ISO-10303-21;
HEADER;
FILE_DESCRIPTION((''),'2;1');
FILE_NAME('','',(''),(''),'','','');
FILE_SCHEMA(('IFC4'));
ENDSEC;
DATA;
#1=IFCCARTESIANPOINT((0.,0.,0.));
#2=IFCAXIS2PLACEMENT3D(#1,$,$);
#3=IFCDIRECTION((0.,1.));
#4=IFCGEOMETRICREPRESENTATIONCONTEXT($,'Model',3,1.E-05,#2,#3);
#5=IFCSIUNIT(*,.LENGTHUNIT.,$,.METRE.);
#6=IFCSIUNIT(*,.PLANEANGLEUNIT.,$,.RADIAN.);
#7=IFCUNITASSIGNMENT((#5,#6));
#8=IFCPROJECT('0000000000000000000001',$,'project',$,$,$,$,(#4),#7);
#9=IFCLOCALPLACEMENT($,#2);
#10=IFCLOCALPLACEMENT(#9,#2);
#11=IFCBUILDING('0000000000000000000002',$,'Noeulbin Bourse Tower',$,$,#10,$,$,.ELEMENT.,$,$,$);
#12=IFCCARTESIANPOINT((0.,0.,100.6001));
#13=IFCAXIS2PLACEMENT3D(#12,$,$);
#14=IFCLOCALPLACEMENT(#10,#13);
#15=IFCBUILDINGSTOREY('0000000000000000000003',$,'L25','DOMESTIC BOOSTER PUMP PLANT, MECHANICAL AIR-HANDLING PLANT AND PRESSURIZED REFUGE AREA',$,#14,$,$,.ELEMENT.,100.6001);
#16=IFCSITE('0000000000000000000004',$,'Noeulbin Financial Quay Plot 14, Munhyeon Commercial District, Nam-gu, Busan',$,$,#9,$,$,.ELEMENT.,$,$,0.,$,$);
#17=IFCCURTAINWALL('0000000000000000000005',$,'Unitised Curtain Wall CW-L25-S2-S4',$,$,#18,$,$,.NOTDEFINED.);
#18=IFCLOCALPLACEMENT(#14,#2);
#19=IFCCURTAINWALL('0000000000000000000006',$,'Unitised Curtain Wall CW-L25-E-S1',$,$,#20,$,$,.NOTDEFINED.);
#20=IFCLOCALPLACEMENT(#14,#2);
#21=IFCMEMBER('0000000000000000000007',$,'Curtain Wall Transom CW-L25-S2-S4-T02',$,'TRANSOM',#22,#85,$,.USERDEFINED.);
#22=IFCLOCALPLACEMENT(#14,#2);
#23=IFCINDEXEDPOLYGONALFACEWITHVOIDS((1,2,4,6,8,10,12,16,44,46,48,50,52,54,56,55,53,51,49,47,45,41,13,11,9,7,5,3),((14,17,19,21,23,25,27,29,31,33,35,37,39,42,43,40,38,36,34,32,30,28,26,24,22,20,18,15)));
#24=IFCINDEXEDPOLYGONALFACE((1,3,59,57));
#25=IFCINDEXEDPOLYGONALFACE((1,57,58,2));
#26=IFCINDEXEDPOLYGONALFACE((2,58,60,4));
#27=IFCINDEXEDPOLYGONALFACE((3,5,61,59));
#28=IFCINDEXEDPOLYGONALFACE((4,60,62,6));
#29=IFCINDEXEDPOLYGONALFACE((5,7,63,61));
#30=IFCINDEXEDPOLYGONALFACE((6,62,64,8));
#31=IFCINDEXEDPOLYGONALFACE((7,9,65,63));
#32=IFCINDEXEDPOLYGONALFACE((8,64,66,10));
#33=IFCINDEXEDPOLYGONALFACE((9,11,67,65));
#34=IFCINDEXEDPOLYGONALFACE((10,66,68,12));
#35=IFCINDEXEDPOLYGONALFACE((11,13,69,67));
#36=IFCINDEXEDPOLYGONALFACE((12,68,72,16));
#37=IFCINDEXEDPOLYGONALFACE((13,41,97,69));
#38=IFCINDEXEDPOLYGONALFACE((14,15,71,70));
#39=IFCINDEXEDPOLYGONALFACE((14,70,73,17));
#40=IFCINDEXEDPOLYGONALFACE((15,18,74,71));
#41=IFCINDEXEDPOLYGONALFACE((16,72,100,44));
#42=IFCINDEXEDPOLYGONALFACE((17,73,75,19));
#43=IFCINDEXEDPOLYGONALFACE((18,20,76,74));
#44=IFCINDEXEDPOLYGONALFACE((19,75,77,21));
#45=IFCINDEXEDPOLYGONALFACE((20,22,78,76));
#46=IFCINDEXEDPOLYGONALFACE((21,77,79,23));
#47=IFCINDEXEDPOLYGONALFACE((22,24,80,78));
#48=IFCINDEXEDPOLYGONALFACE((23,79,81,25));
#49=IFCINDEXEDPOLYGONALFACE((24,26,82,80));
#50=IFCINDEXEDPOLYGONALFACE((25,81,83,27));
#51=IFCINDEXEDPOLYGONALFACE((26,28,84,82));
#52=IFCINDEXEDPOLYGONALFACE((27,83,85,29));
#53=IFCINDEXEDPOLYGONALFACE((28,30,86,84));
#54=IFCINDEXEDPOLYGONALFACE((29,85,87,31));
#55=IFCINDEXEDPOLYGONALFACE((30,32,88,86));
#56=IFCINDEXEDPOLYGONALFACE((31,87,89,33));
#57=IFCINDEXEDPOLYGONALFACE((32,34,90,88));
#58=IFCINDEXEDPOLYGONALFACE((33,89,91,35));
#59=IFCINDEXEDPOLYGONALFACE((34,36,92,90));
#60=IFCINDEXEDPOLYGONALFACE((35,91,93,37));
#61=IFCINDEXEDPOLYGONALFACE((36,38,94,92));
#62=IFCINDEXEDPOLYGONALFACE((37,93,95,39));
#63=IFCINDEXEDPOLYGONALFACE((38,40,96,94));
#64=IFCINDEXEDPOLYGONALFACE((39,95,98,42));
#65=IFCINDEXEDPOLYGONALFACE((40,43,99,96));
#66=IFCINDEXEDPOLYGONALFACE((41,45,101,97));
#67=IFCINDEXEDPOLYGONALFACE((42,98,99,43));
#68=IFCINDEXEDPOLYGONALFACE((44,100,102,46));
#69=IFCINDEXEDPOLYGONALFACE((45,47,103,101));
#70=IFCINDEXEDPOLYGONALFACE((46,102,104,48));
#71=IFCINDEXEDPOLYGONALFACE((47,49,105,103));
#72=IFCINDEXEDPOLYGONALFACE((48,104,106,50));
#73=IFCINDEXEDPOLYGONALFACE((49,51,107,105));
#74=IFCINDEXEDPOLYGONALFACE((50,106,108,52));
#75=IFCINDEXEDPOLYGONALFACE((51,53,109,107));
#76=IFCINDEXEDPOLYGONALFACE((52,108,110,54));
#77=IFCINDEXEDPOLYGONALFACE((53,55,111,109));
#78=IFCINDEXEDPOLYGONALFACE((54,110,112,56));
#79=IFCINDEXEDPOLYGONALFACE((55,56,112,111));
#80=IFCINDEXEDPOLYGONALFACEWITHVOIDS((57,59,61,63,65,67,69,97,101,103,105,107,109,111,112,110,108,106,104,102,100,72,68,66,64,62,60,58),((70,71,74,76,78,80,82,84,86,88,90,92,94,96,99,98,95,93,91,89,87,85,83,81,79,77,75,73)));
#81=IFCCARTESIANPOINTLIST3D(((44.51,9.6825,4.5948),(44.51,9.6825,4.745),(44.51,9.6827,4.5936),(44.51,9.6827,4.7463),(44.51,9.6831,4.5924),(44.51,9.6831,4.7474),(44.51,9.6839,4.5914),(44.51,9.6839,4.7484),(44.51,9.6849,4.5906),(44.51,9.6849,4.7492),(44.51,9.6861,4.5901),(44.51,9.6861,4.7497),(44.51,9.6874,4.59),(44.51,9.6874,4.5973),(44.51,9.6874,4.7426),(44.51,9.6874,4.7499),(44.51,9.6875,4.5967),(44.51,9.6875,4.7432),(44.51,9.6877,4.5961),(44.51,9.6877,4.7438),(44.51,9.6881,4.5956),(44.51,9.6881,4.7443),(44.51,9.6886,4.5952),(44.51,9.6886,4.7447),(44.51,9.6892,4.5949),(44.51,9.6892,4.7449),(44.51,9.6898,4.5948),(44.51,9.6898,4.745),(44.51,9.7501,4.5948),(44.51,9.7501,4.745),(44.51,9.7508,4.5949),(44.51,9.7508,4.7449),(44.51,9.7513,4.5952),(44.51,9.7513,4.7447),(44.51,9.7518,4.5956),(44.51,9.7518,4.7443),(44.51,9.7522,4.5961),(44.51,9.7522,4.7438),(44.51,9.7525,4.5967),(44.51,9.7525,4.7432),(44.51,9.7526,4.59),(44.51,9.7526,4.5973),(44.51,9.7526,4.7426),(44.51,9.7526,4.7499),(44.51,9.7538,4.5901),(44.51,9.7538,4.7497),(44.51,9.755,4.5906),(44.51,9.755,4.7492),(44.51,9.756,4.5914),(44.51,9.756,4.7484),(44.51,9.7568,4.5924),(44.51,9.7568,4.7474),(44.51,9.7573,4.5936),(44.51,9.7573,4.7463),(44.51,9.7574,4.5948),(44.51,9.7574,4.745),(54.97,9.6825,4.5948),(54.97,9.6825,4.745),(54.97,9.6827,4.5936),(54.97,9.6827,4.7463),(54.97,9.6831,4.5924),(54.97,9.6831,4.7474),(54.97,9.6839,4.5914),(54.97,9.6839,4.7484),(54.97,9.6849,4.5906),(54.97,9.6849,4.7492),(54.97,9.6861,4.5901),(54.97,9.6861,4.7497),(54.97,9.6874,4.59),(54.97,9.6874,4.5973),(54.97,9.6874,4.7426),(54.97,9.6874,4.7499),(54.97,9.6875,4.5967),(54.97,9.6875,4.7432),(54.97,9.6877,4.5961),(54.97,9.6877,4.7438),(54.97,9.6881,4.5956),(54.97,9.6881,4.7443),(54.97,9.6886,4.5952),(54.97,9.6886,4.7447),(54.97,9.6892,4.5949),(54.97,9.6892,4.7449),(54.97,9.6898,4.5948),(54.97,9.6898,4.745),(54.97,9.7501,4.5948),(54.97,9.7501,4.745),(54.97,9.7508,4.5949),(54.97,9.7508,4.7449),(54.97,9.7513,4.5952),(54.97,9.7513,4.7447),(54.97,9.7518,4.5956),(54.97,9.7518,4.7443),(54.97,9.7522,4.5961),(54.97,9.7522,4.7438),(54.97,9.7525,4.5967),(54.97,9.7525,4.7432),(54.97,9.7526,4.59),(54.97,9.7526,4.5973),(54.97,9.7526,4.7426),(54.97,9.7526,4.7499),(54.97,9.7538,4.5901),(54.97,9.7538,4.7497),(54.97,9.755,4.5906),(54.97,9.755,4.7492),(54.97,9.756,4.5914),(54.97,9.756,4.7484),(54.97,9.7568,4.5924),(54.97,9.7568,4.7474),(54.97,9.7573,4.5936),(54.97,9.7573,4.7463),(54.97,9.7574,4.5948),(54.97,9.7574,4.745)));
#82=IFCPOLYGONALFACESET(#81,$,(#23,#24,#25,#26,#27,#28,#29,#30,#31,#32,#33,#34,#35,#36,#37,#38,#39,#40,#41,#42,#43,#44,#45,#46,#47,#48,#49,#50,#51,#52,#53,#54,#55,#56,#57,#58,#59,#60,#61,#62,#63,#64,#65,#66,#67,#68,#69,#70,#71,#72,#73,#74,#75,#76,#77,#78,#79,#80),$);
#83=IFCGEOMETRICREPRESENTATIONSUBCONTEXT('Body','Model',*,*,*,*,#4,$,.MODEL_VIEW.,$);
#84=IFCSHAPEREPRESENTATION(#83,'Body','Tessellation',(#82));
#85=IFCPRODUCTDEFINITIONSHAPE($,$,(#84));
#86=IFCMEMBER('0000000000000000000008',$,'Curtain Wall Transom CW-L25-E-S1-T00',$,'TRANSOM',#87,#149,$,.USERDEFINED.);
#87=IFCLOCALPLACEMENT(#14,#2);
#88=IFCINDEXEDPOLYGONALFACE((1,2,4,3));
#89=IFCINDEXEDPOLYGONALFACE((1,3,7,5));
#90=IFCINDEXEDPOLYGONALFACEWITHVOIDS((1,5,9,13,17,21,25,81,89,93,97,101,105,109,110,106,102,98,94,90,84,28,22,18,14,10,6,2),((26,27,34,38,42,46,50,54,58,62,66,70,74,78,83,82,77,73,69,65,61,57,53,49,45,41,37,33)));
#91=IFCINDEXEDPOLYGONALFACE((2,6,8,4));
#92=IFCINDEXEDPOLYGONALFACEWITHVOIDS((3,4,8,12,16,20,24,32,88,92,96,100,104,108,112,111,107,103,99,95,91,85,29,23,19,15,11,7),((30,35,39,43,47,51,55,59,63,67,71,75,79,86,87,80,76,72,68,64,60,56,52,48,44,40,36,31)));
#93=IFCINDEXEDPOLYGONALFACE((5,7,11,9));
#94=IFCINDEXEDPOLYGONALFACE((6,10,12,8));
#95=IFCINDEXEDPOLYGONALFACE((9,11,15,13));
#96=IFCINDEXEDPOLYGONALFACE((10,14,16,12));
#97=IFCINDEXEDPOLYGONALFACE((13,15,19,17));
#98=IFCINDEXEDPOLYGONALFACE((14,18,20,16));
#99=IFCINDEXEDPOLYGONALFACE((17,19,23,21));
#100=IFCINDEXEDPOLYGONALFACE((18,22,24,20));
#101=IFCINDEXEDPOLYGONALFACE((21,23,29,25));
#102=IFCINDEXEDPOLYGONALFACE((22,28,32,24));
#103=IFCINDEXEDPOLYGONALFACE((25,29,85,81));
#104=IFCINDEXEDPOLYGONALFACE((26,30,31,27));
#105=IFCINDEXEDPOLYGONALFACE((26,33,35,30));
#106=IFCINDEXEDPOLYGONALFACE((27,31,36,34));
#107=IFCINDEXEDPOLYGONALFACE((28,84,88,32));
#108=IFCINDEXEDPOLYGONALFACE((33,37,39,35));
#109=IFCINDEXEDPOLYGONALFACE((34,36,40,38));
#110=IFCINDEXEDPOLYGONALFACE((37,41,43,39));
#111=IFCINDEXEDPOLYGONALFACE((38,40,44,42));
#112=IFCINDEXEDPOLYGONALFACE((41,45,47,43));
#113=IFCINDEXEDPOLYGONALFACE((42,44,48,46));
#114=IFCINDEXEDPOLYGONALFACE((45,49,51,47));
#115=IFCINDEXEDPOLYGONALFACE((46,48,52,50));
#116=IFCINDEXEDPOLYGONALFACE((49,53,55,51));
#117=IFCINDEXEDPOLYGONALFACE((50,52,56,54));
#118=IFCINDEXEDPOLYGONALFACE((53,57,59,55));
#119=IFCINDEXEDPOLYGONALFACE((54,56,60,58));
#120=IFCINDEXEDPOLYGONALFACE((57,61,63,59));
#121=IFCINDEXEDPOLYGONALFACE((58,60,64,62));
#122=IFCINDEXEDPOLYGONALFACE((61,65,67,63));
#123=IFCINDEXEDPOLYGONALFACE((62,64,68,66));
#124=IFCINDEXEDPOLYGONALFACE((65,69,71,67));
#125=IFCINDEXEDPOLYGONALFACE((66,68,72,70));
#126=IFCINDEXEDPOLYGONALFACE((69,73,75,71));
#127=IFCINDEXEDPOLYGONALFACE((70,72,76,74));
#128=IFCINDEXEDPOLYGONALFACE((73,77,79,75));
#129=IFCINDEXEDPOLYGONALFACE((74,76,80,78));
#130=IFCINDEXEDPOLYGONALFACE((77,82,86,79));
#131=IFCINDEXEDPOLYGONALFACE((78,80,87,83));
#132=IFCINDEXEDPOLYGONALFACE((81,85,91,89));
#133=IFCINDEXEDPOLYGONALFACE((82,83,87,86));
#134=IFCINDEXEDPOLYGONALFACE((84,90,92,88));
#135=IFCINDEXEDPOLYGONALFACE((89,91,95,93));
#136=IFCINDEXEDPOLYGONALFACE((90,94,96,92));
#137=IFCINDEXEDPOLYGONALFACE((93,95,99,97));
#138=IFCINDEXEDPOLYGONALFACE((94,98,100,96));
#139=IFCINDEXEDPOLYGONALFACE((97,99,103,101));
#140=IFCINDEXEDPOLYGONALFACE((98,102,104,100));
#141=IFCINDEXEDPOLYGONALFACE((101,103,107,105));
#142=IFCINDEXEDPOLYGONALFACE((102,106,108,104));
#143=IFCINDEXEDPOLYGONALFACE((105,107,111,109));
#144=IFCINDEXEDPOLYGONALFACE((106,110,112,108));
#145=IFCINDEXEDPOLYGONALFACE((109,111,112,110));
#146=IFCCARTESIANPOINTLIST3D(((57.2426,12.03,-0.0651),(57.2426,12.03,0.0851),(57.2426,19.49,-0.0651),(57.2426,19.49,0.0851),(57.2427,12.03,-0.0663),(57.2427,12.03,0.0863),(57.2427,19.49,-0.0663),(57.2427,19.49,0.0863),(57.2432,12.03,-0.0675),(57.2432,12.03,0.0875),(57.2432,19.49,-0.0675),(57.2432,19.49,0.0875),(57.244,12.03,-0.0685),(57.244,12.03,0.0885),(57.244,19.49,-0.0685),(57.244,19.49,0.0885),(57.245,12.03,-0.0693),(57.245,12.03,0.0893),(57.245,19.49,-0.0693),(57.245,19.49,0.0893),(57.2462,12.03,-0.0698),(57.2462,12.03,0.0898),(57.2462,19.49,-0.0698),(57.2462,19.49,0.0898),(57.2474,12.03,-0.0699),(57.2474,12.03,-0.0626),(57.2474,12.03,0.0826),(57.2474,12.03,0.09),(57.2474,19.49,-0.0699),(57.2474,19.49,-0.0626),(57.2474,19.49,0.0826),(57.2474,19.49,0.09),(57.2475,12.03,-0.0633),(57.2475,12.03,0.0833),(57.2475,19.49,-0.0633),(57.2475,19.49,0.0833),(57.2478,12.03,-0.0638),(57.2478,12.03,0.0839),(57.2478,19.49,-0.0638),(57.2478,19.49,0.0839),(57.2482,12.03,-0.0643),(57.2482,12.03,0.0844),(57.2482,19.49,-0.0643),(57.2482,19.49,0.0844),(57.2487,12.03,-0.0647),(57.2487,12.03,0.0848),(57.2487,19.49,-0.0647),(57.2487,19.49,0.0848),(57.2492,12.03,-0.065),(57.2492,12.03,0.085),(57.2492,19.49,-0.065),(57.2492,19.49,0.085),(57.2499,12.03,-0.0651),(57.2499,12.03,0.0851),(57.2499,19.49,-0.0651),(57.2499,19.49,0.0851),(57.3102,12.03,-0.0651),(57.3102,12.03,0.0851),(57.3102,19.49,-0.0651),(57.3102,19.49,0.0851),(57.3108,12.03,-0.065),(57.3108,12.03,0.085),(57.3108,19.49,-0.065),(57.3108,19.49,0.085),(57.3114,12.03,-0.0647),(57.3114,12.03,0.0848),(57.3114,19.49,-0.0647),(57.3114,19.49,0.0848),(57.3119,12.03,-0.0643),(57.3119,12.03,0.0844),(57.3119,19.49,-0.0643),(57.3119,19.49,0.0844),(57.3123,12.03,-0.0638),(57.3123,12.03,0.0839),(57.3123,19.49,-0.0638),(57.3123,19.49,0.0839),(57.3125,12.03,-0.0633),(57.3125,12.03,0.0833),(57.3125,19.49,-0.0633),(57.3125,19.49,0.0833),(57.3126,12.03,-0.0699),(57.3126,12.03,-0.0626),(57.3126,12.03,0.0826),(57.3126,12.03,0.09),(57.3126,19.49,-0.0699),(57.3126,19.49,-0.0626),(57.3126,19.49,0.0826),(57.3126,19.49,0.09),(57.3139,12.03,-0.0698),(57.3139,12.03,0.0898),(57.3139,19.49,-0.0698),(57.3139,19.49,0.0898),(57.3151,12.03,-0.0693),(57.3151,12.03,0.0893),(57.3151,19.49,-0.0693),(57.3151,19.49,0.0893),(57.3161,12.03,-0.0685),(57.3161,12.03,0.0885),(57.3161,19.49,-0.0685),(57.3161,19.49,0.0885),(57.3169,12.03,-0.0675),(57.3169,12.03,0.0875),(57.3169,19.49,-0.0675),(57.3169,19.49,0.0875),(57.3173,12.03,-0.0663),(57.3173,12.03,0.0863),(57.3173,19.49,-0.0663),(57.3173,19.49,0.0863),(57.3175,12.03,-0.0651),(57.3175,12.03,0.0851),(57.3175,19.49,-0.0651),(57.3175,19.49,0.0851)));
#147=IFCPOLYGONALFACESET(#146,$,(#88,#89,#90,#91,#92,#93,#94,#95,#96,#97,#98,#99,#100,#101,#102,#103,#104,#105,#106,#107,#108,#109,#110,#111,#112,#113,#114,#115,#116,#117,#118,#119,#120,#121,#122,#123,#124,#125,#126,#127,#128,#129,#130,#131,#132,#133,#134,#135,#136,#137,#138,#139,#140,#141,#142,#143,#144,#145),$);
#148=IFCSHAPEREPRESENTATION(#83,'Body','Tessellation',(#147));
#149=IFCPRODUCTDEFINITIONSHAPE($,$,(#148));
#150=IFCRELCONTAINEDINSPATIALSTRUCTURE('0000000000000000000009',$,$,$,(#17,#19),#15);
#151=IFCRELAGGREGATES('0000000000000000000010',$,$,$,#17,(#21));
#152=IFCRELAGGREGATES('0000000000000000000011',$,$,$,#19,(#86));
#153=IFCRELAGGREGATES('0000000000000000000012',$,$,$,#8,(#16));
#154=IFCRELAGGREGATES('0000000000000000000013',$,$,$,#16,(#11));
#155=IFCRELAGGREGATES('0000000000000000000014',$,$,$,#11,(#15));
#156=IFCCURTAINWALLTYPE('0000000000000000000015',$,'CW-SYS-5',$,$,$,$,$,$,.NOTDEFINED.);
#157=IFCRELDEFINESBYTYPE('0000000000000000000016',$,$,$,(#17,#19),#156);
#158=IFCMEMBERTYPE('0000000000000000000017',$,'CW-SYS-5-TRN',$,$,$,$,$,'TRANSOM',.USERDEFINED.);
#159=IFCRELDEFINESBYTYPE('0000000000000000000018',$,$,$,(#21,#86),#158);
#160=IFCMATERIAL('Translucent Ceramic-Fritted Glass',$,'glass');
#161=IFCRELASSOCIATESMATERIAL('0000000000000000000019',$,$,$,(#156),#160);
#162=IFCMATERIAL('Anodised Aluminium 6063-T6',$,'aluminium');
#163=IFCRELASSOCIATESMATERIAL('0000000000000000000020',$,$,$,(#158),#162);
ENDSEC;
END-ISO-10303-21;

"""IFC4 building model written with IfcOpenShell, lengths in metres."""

from ifc_helpers import new_model, si_unit, direction, frame, origin, origin_2d, place, context, subcontext, project, spatial, hollow_rectangle, extrude, material, material_profile, profile_set, type_object, element, aggregate, save


model = new_model("IFC4")

# Units and contexts
model_context = context("Model", 3, precision=1e-05, world=origin(), true_north=direction((0.0, 1.0)))
body_context = subcontext(model_context, "Body", "Model", "MODEL_VIEW")
ifc_project = project(units=[si_unit("LENGTHUNIT", "METRE"), si_unit("PLANEANGLEUNIT", "RADIAN")], contexts=[model_context])

# Site, building, storey
site_placement = place(None, origin())
site = spatial("IfcSite", under=ifc_project, at=site_placement, Name="Noeulbin Financial Quay Plot 14, Munhyeon Commercial District, Nam-gu, Busan", CompositionType="ELEMENT", RefElevation=0.0)
building_placement = place(site_placement, origin())
building = spatial("IfcBuilding", under=site, at=building_placement, Name="Noeulbin Bourse Tower", CompositionType="ELEMENT")
storey_placement = place(building_placement, frame((0.0, 0.0, 100.6001)))
storey = spatial("IfcBuildingStorey", under=building, at=storey_placement, Name="L25", Description="DOMESTIC BOOSTER PUMP PLANT, MECHANICAL AIR-HANDLING PLANT AND PRESSURIZED REFUGE AREA", CompositionType="ELEMENT", Elevation=100.6001)

# Curtain walls
ifc_material_1 = material(Name="Translucent Ceramic-Fritted Glass", Category="glass")
curtain_wall_type = type_object("IfcCurtainWallType", Name="CW-SYS-5", PredefinedType="NOTDEFINED", material=ifc_material_1)
curtain_wall_1_placement = place(storey_placement, origin())
curtain_wall_1 = element("IfcCurtainWall", 1, at=curtain_wall_1_placement, inside=storey, type_object=curtain_wall_type, Name="Unitised Curtain Wall CW-L25-S2-S4", PredefinedType="NOTDEFINED")
ifc_material_2 = material(Name="Anodised Aluminium 6063-T6", Category="aluminium")
curtain_wall_2_placement = place(storey_placement, origin())
curtain_wall_2 = element("IfcCurtainWall", 2, at=curtain_wall_2_placement, inside=storey, type_object=curtain_wall_type, Name="Unitised Curtain Wall CW-L25-E-S1", PredefinedType="NOTDEFINED")

# Members
ifc_material_profile_1 = material_profile(ifc_material_2, hollow_rectangle(XDim=0.075, YDim=0.1599, WallThickness=0.0049, InnerFilletRadius=0.0024, OuterFilletRadius=0.0049, at=origin_2d()), Name="ALU-TRAN-75x160x5", Category="LoadBearing")
ifc_profile_set_1 = profile_set([ifc_material_profile_1], Name="Anodised Aluminium 6063-T6")
member_type_1 = type_object("IfcMemberType", Name="CW-SYS-5-TRN", ElementType="TRANSOM", PredefinedType="USERDEFINED", material=ifc_profile_set_1)
member_1_placement = place(storey_placement, frame((44.51, 9.72, 4.6699), z_axis=(1.0, 0.0, 0.0), x_axis=(0.0, 1.0, 0.0)))
member_1 = element("IfcMember", 3, at=member_1_placement, type_object=member_type_1, Name="Curtain Wall Transom CW-L25-S2-S4-T02", ObjectType="TRANSOM", PredefinedType="USERDEFINED", context=body_context, shape_type="SweptSolid", body=[
    extrude(hollow_rectangle(XDim=0.075, YDim=0.1599, WallThickness=0.0049, InnerFilletRadius=0.0024, OuterFilletRadius=0.0049, at=origin_2d()), origin(), (0.0, 0.0, 1.0), 10.46),
])
member_2_placement = place(storey_placement, frame((57.28, 12.03, 0.01), z_axis=(0.0, 1.0, 0.0), x_axis=(-1.0, 0.0, 0.0)))
member_2 = element("IfcMember", 4, at=member_2_placement, type_object=member_type_1, Name="Curtain Wall Transom CW-L25-E-S1-T00", ObjectType="TRANSOM", PredefinedType="USERDEFINED", context=body_context, shape_type="SweptSolid", body=[
    extrude(hollow_rectangle(XDim=0.075, YDim=0.1599, WallThickness=0.0049, InnerFilletRadius=0.0024, OuterFilletRadius=0.0049, at=origin_2d()), origin(), (0.0, 0.0, 1.0), 7.46),
])

aggregate(curtain_wall_1, [member_1])
aggregate(curtain_wall_2, [member_2])

save(model, "model.ifc")
